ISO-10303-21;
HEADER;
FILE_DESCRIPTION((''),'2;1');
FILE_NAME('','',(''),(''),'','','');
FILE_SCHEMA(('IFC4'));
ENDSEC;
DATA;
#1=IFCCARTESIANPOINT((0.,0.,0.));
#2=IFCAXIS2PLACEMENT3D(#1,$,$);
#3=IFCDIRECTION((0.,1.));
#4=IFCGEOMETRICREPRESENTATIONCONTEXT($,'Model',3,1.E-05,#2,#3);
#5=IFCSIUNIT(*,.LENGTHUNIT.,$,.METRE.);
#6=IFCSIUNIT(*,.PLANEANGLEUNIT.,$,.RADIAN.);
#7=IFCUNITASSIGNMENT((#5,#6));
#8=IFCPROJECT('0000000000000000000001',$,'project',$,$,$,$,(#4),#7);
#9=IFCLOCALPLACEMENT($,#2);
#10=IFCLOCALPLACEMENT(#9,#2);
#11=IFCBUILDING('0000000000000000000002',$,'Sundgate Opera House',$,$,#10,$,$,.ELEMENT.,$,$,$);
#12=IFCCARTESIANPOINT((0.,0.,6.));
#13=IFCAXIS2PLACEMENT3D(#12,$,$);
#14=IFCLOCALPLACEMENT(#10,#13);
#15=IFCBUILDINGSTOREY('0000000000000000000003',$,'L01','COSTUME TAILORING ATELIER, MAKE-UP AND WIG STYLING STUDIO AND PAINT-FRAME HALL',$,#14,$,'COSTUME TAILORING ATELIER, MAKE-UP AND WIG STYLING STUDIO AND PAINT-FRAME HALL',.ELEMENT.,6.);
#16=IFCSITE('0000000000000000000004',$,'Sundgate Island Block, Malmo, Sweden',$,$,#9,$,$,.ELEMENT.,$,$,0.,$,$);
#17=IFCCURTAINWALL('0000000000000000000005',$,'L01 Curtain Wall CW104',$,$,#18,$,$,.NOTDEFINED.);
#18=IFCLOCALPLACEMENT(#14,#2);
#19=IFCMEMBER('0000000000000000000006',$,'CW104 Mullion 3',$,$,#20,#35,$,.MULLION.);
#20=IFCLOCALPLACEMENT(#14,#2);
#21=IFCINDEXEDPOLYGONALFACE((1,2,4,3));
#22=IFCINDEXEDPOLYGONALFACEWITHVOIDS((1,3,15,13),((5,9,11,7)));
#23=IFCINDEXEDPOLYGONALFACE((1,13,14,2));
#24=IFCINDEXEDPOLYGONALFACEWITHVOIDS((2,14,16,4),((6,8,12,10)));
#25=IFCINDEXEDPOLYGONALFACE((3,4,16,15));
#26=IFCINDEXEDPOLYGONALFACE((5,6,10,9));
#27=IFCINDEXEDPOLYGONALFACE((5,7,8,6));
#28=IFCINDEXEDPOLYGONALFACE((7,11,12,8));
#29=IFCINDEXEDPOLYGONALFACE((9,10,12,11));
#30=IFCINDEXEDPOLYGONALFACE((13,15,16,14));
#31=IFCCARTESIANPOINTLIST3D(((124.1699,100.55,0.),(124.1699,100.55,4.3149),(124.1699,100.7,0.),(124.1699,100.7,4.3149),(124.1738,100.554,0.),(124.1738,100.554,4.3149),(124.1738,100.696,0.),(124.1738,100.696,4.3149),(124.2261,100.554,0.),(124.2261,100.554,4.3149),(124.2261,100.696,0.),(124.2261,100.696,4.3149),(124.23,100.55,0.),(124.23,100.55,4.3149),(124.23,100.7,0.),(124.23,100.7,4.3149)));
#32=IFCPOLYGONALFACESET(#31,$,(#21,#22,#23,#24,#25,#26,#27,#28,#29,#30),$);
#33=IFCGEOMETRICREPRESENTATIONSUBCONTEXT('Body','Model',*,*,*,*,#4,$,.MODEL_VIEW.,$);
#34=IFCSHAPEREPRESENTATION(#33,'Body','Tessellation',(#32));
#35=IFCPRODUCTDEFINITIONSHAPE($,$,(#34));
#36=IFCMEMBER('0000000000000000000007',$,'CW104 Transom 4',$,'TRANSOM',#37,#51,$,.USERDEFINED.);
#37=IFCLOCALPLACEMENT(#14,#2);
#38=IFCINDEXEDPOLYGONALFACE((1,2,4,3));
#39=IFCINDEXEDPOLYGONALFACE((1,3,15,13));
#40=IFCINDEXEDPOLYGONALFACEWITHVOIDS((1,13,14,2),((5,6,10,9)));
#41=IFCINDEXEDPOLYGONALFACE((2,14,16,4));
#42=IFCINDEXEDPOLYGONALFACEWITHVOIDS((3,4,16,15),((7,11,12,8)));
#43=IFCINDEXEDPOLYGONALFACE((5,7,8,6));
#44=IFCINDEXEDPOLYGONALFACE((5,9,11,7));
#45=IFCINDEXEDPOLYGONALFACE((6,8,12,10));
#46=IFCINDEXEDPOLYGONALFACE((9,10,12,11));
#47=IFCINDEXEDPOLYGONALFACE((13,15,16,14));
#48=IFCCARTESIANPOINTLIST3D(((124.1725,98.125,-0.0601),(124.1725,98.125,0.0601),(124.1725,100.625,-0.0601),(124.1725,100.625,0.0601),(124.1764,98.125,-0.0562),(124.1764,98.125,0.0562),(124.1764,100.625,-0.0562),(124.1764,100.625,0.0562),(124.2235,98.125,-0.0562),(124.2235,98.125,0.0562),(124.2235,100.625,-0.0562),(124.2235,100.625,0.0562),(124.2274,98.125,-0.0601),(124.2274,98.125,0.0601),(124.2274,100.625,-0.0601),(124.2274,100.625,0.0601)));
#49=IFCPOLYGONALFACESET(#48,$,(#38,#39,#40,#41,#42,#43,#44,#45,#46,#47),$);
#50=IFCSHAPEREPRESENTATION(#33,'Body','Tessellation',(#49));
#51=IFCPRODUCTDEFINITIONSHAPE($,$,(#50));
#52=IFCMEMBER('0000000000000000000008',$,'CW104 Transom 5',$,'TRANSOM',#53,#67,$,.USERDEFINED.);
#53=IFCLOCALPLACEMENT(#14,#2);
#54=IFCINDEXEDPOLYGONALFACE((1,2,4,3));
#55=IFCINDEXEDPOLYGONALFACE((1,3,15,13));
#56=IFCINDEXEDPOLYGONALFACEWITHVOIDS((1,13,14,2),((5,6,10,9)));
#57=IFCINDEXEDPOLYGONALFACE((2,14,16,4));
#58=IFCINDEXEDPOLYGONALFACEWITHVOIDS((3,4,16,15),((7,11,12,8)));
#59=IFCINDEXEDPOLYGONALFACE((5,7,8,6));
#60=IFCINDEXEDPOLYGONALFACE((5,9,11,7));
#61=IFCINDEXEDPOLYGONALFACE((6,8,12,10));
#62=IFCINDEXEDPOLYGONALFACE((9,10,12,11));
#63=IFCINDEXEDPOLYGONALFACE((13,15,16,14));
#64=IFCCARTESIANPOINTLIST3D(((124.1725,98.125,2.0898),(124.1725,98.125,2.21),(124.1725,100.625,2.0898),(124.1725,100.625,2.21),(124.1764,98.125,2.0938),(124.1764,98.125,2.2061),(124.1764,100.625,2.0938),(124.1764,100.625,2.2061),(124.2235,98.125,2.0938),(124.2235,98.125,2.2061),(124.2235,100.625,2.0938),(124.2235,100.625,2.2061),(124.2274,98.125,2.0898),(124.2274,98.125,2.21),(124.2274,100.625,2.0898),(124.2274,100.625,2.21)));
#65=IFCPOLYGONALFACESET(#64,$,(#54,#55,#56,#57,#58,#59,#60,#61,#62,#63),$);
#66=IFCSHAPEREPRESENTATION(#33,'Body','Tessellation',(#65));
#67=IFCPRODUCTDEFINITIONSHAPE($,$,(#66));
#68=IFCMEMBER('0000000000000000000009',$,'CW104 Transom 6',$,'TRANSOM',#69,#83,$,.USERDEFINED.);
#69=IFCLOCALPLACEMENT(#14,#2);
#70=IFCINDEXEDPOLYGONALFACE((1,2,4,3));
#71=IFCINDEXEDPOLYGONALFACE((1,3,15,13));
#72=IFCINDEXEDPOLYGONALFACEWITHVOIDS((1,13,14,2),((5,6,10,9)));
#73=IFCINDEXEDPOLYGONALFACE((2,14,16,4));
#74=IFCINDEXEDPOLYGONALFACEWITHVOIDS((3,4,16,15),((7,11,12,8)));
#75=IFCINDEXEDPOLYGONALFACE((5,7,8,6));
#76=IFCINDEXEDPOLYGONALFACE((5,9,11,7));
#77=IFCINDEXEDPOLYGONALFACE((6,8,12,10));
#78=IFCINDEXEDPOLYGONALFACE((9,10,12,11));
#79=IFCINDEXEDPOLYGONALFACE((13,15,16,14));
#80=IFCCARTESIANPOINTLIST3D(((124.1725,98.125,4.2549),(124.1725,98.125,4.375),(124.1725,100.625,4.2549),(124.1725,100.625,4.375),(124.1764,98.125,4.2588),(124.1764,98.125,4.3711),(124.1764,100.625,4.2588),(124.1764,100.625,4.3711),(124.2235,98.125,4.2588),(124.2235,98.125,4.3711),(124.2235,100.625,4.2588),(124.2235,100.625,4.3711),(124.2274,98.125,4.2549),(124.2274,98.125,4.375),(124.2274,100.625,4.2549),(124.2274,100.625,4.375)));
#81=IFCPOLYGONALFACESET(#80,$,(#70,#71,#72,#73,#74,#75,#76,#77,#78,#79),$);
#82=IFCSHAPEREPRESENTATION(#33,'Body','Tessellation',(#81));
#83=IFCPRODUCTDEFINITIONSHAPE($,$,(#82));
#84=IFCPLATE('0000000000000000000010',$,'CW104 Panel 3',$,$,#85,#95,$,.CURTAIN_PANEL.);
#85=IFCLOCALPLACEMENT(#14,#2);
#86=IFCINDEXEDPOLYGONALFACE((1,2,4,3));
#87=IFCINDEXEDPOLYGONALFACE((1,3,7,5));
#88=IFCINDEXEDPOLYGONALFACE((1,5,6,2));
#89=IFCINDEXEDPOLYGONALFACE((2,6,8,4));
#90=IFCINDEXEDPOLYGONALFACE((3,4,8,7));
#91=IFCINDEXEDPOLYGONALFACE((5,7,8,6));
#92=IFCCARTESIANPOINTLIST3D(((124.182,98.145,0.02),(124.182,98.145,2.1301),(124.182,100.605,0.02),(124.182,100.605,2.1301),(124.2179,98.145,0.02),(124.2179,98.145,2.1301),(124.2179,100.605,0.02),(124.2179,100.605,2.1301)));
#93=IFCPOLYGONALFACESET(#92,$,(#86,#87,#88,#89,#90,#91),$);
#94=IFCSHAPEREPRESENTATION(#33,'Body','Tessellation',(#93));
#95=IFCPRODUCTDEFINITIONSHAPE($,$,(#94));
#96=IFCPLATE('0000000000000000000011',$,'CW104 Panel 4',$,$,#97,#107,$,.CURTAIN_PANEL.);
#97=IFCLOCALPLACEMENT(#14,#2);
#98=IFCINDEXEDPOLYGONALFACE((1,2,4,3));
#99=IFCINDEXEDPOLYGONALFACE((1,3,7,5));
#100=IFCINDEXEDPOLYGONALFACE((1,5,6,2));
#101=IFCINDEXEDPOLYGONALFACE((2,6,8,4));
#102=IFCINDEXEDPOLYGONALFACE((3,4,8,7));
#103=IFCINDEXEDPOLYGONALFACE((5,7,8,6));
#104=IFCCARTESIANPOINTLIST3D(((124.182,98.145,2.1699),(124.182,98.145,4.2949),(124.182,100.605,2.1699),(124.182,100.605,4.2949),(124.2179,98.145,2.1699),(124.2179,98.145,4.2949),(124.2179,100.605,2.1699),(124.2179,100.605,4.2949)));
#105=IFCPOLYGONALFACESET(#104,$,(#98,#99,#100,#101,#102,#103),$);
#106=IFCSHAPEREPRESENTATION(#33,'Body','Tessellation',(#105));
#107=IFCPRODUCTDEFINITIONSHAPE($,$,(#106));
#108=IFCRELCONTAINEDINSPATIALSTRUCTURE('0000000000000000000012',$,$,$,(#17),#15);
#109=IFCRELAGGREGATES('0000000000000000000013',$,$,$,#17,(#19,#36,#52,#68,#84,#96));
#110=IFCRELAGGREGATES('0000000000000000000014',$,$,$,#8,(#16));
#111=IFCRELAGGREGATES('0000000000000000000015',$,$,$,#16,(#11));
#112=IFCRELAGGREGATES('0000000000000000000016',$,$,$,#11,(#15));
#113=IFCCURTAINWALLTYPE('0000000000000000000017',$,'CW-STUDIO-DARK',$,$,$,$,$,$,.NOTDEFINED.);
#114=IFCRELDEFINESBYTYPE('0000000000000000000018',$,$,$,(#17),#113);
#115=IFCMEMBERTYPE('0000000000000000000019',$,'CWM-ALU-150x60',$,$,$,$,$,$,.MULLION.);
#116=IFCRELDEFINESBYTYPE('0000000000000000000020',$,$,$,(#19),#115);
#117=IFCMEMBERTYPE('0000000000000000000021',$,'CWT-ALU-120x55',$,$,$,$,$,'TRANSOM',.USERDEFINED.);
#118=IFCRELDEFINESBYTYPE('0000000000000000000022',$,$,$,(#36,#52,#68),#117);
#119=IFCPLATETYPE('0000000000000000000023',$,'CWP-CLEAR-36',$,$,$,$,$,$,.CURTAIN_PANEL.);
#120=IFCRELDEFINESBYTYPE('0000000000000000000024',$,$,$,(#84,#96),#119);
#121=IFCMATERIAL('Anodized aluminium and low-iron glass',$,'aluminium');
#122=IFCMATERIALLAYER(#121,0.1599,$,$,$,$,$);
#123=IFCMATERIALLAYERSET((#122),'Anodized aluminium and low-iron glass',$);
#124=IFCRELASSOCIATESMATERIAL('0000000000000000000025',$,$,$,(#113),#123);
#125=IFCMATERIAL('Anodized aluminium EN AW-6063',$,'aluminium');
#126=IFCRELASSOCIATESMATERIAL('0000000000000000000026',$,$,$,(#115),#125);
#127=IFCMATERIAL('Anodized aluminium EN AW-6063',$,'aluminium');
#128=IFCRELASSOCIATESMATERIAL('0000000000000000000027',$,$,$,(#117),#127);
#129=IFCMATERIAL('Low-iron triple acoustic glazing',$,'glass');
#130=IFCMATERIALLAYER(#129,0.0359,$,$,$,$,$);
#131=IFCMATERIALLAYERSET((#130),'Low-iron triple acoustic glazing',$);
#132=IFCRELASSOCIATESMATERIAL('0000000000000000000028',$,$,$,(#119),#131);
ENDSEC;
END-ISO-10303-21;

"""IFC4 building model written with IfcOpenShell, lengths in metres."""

from ifc_helpers import new_model, si_unit, direction, frame, origin, origin_2d, place, context, subcontext, project, spatial, rectangle, hollow_rectangle, extrude, material, layer, layer_set, material_profile, profile_set, type_object, element, aggregate, save


model = new_model("IFC4")

# Units and contexts
model_context = context("Model", 3, precision=1e-05, world=origin(), true_north=direction((0.0, 1.0)))
body_context = subcontext(model_context, "Body", "Model", "MODEL_VIEW")
ifc_project = project(units=[si_unit("LENGTHUNIT", "METRE"), si_unit("PLANEANGLEUNIT", "RADIAN")], contexts=[model_context])

# Site, building, storey
site_placement = place(None, origin())
site = spatial("IfcSite", under=ifc_project, at=site_placement, Name="Sundgate Island Block, Malmo, Sweden", CompositionType="ELEMENT", RefElevation=0.0)
building_placement = place(site_placement, origin())
building = spatial("IfcBuilding", under=site, at=building_placement, Name="Sundgate Opera House", CompositionType="ELEMENT")
storey_placement = place(building_placement, frame((0.0, 0.0, 6.0)))
storey = spatial("IfcBuildingStorey", under=building, at=storey_placement, Name="L01", Description="COSTUME TAILORING ATELIER, MAKE-UP AND WIG STYLING STUDIO AND PAINT-FRAME HALL", LongName="COSTUME TAILORING ATELIER, MAKE-UP AND WIG STYLING STUDIO AND PAINT-FRAME HALL", CompositionType="ELEMENT", Elevation=6.0)

# Curtain wall, members, plates
ifc_material_1 = material(Name="Anodized aluminium and low-iron glass", Category="aluminium")
ifc_layer_1 = layer(ifc_material_1, 0.1599)
ifc_layer_set_1 = layer_set([ifc_layer_1], Name="Anodized aluminium and low-iron glass")
curtain_wall_type = type_object("IfcCurtainWallType", Name="CW-STUDIO-DARK", PredefinedType="NOTDEFINED", material=ifc_layer_set_1)
curtain_wall_placement = place(storey_placement, origin())
curtain_wall = element("IfcCurtainWall", 1, at=curtain_wall_placement, inside=storey, type_object=curtain_wall_type, Name="L01 Curtain Wall CW104", PredefinedType="NOTDEFINED")
ifc_material_2 = material(Name="Anodized aluminium EN AW-6063", Category="aluminium")
ifc_material_profile_1 = material_profile(ifc_material_2, hollow_rectangle(XDim=0.0601, YDim=0.1499, WallThickness=0.0039, at=origin_2d()), Name="CWM 150x60x4")
ifc_profile_set_1 = profile_set([ifc_material_profile_1], Name="Anodized aluminium EN AW-6063")
member_type_1 = type_object("IfcMemberType", Name="CWM-ALU-150x60", PredefinedType="MULLION", material=ifc_profile_set_1)
member_1_placement = place(storey_placement, frame((124.2, 100.625, 0.0), z_axis=(0.0, 0.0, 1.0), x_axis=(1.0, 0.0, 0.0)))
member_1 = element("IfcMember", 2, at=member_1_placement, type_object=member_type_1, Name="CW104 Mullion 3", PredefinedType="MULLION", context=body_context, shape_type="SweptSolid", body=[
    extrude(hollow_rectangle(XDim=0.0601, YDim=0.1499, WallThickness=0.0039, at=origin_2d()), origin(), (0.0, 0.0, 1.0), 4.3149),
])
ifc_material_3 = material(Name="Anodized aluminium EN AW-6063", Category="aluminium")
ifc_material_profile_2 = material_profile(ifc_material_3, hollow_rectangle(XDim=0.0549, YDim=0.1201, WallThickness=0.0039, at=origin_2d()), Name="CWT 120x55x4")
ifc_profile_set_2 = profile_set([ifc_material_profile_2], Name="Anodized aluminium EN AW-6063")
member_type_2 = type_object("IfcMemberType", Name="CWT-ALU-120x55", ElementType="TRANSOM", PredefinedType="USERDEFINED", material=ifc_profile_set_2)
member_2_placement = place(storey_placement, frame((124.2, 98.125, 0.0), z_axis=(0.0, 1.0, 0.0), x_axis=(-1.0, 0.0, 0.0)))
member_2 = element("IfcMember", 3, at=member_2_placement, type_object=member_type_2, Name="CW104 Transom 4", ObjectType="TRANSOM", PredefinedType="USERDEFINED", context=body_context, shape_type="SweptSolid", body=[
    extrude(hollow_rectangle(XDim=0.0549, YDim=0.1201, WallThickness=0.0039, at=origin_2d()), origin(), (0.0, 0.0, 1.0), 2.5),
])
member_3_placement = place(storey_placement, frame((124.2, 98.125, 2.1499), z_axis=(0.0, 1.0, 0.0), x_axis=(-1.0, 0.0, 0.0)))
member_3 = element("IfcMember", 4, at=member_3_placement, type_object=member_type_2, Name="CW104 Transom 5", ObjectType="TRANSOM", PredefinedType="USERDEFINED", context=body_context, shape_type="SweptSolid", body=[
    extrude(hollow_rectangle(XDim=0.0549, YDim=0.1201, WallThickness=0.0039, at=origin_2d()), origin(), (0.0, 0.0, 1.0), 2.5),
])
member_4_placement = place(storey_placement, frame((124.2, 98.125, 4.3149), z_axis=(0.0, 1.0, 0.0), x_axis=(-1.0, 0.0, 0.0)))
member_4 = element("IfcMember", 5, at=member_4_placement, type_object=member_type_2, Name="CW104 Transom 6", ObjectType="TRANSOM", PredefinedType="USERDEFINED", context=body_context, shape_type="SweptSolid", body=[
    extrude(hollow_rectangle(XDim=0.0549, YDim=0.1201, WallThickness=0.0039, at=origin_2d()), origin(), (0.0, 0.0, 1.0), 2.5),
])
ifc_material_4 = material(Name="Low-iron triple acoustic glazing", Category="glass")
ifc_layer_2 = layer(ifc_material_4, 0.0359)
ifc_layer_set_2 = layer_set([ifc_layer_2], Name="Low-iron triple acoustic glazing")
plate_type = type_object("IfcPlateType", Name="CWP-CLEAR-36", PredefinedType="CURTAIN_PANEL", material=ifc_layer_set_2)
plate_1_placement = place(storey_placement, frame((124.2, 99.375, 0.02), z_axis=(0.0, 0.0, 1.0), x_axis=(0.0, 1.0, 0.0)))
plate_1 = element("IfcPlate", 6, at=plate_1_placement, type_object=plate_type, Name="CW104 Panel 3", PredefinedType="CURTAIN_PANEL", context=body_context, shape_type="SweptSolid", body=[
    extrude(rectangle(XDim=2.46, YDim=0.0359, at=origin_2d()), origin(), (0.0, 0.0, 1.0), 2.1101),
])
plate_2_placement = place(storey_placement, frame((124.2, 99.375, 2.1699), z_axis=(0.0, 0.0, 1.0), x_axis=(0.0, 1.0, 0.0)))
plate_2 = element("IfcPlate", 7, at=plate_2_placement, type_object=plate_type, Name="CW104 Panel 4", PredefinedType="CURTAIN_PANEL", context=body_context, shape_type="SweptSolid", body=[
    extrude(rectangle(XDim=2.46, YDim=0.0359, at=origin_2d()), origin(), (0.0, 0.0, 1.0), 2.125),
])
aggregate(curtain_wall, [member_1, member_2, member_3, member_4, plate_1, plate_2])

save(model, "model.ifc")
